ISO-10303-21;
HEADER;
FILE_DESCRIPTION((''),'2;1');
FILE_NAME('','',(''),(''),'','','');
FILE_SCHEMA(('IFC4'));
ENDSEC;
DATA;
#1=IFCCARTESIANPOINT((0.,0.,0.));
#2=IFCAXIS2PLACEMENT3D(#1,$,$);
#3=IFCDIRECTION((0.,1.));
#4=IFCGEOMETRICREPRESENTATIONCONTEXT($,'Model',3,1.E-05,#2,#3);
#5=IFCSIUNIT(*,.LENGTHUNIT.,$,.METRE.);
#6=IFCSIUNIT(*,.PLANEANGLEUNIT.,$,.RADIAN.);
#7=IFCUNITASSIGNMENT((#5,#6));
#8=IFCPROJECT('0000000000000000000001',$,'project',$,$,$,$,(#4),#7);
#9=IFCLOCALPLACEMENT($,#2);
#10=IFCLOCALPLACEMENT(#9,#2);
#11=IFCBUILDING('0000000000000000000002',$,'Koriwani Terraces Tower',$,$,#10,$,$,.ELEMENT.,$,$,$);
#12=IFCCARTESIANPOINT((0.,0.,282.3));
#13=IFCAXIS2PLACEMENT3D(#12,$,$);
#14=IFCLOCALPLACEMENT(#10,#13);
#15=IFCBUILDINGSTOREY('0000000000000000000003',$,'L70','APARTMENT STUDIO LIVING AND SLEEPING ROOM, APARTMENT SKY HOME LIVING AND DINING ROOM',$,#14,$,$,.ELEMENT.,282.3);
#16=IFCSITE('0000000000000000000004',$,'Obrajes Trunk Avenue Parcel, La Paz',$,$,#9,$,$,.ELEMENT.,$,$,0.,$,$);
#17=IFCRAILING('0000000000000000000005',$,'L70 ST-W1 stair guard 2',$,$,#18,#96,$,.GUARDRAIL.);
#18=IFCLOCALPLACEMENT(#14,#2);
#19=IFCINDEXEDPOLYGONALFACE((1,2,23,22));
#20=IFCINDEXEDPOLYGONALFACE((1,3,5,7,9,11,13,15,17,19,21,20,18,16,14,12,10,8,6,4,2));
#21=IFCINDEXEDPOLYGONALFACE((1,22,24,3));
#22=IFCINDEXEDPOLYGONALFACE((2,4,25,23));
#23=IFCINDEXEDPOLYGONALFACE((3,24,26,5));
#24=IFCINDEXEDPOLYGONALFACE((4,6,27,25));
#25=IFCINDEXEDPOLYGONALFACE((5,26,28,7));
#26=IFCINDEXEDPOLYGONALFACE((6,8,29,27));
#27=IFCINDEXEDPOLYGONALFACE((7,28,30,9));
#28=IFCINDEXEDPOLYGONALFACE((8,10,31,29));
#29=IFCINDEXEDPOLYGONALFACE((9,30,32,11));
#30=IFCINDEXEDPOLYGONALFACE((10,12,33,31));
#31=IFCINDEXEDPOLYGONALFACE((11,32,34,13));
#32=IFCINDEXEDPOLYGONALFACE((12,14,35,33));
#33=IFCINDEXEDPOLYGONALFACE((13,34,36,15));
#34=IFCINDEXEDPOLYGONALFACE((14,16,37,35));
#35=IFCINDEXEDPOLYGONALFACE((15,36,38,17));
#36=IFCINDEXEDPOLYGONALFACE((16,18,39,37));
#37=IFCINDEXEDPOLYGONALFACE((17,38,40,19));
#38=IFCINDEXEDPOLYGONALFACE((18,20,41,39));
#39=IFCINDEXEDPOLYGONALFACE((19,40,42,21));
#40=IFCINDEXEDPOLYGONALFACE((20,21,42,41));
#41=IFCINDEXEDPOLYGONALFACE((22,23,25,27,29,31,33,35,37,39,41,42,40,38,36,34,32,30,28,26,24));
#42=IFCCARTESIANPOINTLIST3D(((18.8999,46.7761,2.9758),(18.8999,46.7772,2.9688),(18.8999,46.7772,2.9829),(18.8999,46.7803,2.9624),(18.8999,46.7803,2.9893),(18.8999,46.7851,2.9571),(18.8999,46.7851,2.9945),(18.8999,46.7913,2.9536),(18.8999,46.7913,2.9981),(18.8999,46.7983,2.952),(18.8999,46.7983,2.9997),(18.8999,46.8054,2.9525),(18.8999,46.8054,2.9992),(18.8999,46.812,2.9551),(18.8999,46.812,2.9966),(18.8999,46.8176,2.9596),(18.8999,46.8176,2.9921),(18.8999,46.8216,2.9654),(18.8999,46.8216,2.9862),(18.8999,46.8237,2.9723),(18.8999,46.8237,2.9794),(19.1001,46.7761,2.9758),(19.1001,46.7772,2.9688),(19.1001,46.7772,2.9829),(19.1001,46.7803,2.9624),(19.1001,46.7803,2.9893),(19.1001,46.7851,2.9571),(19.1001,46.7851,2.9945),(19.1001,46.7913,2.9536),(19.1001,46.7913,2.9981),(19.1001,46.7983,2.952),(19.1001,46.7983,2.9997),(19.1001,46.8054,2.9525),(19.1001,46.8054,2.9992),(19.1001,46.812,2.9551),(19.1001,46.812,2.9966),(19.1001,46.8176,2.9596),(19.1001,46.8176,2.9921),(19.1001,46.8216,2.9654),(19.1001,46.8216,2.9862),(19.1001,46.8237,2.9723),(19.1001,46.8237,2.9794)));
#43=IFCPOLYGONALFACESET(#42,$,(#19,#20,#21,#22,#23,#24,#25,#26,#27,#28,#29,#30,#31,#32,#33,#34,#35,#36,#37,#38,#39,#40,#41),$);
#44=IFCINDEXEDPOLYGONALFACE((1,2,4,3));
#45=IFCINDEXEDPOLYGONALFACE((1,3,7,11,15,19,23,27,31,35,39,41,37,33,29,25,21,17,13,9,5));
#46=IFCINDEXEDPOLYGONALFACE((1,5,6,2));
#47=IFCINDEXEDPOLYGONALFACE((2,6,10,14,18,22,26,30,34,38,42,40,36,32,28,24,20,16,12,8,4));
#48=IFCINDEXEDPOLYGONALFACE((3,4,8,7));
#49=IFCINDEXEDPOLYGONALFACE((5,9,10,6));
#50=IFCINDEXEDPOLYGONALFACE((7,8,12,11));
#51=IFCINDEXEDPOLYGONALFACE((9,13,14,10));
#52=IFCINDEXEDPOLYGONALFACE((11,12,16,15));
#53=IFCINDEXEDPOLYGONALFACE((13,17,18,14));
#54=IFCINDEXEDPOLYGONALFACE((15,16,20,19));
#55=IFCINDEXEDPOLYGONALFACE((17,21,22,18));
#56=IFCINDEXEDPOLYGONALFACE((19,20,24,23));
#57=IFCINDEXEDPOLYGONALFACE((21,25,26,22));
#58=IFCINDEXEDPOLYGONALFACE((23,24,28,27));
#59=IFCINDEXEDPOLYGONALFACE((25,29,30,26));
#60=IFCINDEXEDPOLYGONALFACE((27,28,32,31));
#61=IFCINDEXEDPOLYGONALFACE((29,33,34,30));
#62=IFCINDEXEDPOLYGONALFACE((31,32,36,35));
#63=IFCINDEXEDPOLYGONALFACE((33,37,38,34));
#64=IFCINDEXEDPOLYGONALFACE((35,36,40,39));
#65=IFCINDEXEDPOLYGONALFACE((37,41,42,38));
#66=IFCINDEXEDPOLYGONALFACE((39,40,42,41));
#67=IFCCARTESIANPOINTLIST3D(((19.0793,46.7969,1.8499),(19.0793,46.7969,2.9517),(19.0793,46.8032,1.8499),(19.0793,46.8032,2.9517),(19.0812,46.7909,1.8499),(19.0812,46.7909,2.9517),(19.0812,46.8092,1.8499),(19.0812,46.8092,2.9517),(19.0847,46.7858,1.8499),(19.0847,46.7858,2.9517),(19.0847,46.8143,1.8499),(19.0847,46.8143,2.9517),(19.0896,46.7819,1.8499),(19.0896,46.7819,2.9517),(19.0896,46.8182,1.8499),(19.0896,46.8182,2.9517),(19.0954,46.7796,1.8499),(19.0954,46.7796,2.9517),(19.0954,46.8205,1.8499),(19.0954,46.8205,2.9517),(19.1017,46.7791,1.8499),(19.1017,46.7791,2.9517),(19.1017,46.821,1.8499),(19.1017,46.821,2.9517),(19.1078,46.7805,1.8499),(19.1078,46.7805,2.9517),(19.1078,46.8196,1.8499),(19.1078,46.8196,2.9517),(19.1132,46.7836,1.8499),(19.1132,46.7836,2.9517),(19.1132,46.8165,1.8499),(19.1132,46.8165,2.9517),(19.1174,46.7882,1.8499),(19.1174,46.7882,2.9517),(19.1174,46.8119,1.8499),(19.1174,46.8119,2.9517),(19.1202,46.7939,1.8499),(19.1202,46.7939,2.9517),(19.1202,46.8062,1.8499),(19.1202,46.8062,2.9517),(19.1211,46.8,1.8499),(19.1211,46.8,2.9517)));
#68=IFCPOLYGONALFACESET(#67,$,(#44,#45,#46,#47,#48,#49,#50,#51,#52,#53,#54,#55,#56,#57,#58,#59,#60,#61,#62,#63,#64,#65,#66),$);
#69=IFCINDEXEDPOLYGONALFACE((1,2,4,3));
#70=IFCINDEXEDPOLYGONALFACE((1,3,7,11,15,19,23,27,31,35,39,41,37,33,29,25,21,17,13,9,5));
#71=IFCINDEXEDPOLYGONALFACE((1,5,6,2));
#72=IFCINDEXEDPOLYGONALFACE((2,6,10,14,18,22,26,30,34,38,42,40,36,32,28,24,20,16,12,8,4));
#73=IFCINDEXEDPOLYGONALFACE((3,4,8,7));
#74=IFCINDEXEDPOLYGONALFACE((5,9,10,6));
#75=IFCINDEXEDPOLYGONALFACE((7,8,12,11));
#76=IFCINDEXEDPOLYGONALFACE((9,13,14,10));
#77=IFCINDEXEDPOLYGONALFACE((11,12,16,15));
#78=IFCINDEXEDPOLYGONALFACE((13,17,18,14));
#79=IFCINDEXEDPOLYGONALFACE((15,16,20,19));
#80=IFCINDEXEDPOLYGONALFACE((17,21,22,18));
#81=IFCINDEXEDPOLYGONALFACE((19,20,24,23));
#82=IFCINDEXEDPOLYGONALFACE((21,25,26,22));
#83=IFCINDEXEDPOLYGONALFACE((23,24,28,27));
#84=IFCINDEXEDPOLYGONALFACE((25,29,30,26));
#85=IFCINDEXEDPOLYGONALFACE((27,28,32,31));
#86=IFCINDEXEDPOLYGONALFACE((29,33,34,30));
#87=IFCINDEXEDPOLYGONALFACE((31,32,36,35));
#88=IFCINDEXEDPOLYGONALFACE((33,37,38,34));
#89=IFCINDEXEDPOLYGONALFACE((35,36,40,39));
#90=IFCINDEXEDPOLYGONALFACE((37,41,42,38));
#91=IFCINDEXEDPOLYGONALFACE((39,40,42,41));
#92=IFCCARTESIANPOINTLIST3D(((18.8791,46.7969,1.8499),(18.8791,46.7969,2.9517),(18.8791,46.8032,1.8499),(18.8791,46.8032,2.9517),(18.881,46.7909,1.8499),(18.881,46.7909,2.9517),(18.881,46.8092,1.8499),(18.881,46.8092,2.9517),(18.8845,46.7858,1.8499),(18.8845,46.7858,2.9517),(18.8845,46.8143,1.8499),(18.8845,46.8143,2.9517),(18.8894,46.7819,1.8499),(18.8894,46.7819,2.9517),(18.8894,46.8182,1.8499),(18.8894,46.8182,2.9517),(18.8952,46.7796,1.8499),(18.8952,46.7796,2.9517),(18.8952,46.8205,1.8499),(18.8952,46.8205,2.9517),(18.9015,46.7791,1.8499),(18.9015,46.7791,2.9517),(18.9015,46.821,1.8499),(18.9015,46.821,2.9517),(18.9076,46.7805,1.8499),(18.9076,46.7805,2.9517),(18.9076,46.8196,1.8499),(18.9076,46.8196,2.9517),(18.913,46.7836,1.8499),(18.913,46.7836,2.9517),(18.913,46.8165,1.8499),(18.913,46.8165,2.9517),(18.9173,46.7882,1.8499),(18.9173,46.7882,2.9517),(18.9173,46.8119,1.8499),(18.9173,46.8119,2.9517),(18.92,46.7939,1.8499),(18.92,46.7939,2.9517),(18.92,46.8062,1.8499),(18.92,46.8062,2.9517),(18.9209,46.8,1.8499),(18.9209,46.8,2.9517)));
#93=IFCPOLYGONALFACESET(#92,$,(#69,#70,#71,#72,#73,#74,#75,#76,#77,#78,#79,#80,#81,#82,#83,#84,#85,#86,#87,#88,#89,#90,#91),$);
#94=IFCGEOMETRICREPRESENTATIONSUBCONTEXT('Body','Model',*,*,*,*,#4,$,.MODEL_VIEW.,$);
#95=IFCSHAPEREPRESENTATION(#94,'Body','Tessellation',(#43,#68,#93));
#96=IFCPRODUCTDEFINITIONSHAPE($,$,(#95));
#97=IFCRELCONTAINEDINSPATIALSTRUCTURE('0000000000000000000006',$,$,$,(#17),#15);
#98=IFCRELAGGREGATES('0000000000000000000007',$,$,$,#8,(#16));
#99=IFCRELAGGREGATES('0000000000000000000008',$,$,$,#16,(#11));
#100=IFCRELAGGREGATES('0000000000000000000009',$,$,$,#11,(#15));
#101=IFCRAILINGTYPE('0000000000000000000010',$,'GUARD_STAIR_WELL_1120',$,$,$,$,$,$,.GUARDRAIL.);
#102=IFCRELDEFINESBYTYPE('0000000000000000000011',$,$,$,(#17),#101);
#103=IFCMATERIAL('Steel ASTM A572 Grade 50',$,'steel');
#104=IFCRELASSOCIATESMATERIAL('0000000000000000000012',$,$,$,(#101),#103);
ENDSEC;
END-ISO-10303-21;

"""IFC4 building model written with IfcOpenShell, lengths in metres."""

from ifc_helpers import new_model, si_unit, direction, frame, origin, origin_2d, place, context, subcontext, project, spatial, circle, extrude, material, type_object, element, save


model = new_model("IFC4")

# Units and contexts
model_context = context("Model", 3, precision=1e-05, world=origin(), true_north=direction((0.0, 1.0)))
body_context = subcontext(model_context, "Body", "Model", "MODEL_VIEW")
ifc_project = project(units=[si_unit("LENGTHUNIT", "METRE"), si_unit("PLANEANGLEUNIT", "RADIAN")], contexts=[model_context])

# Site, building, storey
site_placement = place(None, origin())
site = spatial("IfcSite", under=ifc_project, at=site_placement, Name="Obrajes Trunk Avenue Parcel, La Paz", CompositionType="ELEMENT", RefElevation=0.0)
building_placement = place(site_placement, origin())
building = spatial("IfcBuilding", under=site, at=building_placement, Name="Koriwani Terraces Tower", CompositionType="ELEMENT")
storey_placement = place(building_placement, frame((0.0, 0.0, 282.3)))
storey = spatial("IfcBuildingStorey", under=building, at=storey_placement, Name="L70", Description="APARTMENT STUDIO LIVING AND SLEEPING ROOM, APARTMENT SKY HOME LIVING AND DINING ROOM", CompositionType="ELEMENT", Elevation=282.3)

# Shared definitions
ifc_material_1 = material(Name="Steel ASTM A572 Grade 50", Category="steel")

# Railing
railing_type_1 = type_object("IfcRailingType", Name="GUARD_STAIR_WELL_1120", PredefinedType="GUARDRAIL", material=ifc_material_1)
railing_1_placement = place(storey_placement, frame((19.1001, 46.8, 1.8499)))
element("IfcRailing", 1, at=railing_1_placement, inside=storey, type_object=railing_type_1, Name="L70 ST-W1 stair guard 2", PredefinedType="GUARDRAIL", context=body_context, shape_type="SweptSolid", body=[
    extrude(circle(Radius=0.0239, at=origin_2d()), frame((0.0, 0.0, 1.126), z_axis=(-1.0, 0.0, 0.0), x_axis=(0.0, -1.0, 0.0)), (0.0, 0.0, 1.0), 0.2002),
    extrude(circle(Radius=0.021, at=origin_2d()), origin(), (0.0, 0.0, 1.0), 1.1018),
    extrude(circle(Radius=0.021, at=origin_2d()), frame((-0.2002, 0.0, 0.0)), (0.0, 0.0, 1.0), 1.1018),
])

save(model, "model.ifc")
